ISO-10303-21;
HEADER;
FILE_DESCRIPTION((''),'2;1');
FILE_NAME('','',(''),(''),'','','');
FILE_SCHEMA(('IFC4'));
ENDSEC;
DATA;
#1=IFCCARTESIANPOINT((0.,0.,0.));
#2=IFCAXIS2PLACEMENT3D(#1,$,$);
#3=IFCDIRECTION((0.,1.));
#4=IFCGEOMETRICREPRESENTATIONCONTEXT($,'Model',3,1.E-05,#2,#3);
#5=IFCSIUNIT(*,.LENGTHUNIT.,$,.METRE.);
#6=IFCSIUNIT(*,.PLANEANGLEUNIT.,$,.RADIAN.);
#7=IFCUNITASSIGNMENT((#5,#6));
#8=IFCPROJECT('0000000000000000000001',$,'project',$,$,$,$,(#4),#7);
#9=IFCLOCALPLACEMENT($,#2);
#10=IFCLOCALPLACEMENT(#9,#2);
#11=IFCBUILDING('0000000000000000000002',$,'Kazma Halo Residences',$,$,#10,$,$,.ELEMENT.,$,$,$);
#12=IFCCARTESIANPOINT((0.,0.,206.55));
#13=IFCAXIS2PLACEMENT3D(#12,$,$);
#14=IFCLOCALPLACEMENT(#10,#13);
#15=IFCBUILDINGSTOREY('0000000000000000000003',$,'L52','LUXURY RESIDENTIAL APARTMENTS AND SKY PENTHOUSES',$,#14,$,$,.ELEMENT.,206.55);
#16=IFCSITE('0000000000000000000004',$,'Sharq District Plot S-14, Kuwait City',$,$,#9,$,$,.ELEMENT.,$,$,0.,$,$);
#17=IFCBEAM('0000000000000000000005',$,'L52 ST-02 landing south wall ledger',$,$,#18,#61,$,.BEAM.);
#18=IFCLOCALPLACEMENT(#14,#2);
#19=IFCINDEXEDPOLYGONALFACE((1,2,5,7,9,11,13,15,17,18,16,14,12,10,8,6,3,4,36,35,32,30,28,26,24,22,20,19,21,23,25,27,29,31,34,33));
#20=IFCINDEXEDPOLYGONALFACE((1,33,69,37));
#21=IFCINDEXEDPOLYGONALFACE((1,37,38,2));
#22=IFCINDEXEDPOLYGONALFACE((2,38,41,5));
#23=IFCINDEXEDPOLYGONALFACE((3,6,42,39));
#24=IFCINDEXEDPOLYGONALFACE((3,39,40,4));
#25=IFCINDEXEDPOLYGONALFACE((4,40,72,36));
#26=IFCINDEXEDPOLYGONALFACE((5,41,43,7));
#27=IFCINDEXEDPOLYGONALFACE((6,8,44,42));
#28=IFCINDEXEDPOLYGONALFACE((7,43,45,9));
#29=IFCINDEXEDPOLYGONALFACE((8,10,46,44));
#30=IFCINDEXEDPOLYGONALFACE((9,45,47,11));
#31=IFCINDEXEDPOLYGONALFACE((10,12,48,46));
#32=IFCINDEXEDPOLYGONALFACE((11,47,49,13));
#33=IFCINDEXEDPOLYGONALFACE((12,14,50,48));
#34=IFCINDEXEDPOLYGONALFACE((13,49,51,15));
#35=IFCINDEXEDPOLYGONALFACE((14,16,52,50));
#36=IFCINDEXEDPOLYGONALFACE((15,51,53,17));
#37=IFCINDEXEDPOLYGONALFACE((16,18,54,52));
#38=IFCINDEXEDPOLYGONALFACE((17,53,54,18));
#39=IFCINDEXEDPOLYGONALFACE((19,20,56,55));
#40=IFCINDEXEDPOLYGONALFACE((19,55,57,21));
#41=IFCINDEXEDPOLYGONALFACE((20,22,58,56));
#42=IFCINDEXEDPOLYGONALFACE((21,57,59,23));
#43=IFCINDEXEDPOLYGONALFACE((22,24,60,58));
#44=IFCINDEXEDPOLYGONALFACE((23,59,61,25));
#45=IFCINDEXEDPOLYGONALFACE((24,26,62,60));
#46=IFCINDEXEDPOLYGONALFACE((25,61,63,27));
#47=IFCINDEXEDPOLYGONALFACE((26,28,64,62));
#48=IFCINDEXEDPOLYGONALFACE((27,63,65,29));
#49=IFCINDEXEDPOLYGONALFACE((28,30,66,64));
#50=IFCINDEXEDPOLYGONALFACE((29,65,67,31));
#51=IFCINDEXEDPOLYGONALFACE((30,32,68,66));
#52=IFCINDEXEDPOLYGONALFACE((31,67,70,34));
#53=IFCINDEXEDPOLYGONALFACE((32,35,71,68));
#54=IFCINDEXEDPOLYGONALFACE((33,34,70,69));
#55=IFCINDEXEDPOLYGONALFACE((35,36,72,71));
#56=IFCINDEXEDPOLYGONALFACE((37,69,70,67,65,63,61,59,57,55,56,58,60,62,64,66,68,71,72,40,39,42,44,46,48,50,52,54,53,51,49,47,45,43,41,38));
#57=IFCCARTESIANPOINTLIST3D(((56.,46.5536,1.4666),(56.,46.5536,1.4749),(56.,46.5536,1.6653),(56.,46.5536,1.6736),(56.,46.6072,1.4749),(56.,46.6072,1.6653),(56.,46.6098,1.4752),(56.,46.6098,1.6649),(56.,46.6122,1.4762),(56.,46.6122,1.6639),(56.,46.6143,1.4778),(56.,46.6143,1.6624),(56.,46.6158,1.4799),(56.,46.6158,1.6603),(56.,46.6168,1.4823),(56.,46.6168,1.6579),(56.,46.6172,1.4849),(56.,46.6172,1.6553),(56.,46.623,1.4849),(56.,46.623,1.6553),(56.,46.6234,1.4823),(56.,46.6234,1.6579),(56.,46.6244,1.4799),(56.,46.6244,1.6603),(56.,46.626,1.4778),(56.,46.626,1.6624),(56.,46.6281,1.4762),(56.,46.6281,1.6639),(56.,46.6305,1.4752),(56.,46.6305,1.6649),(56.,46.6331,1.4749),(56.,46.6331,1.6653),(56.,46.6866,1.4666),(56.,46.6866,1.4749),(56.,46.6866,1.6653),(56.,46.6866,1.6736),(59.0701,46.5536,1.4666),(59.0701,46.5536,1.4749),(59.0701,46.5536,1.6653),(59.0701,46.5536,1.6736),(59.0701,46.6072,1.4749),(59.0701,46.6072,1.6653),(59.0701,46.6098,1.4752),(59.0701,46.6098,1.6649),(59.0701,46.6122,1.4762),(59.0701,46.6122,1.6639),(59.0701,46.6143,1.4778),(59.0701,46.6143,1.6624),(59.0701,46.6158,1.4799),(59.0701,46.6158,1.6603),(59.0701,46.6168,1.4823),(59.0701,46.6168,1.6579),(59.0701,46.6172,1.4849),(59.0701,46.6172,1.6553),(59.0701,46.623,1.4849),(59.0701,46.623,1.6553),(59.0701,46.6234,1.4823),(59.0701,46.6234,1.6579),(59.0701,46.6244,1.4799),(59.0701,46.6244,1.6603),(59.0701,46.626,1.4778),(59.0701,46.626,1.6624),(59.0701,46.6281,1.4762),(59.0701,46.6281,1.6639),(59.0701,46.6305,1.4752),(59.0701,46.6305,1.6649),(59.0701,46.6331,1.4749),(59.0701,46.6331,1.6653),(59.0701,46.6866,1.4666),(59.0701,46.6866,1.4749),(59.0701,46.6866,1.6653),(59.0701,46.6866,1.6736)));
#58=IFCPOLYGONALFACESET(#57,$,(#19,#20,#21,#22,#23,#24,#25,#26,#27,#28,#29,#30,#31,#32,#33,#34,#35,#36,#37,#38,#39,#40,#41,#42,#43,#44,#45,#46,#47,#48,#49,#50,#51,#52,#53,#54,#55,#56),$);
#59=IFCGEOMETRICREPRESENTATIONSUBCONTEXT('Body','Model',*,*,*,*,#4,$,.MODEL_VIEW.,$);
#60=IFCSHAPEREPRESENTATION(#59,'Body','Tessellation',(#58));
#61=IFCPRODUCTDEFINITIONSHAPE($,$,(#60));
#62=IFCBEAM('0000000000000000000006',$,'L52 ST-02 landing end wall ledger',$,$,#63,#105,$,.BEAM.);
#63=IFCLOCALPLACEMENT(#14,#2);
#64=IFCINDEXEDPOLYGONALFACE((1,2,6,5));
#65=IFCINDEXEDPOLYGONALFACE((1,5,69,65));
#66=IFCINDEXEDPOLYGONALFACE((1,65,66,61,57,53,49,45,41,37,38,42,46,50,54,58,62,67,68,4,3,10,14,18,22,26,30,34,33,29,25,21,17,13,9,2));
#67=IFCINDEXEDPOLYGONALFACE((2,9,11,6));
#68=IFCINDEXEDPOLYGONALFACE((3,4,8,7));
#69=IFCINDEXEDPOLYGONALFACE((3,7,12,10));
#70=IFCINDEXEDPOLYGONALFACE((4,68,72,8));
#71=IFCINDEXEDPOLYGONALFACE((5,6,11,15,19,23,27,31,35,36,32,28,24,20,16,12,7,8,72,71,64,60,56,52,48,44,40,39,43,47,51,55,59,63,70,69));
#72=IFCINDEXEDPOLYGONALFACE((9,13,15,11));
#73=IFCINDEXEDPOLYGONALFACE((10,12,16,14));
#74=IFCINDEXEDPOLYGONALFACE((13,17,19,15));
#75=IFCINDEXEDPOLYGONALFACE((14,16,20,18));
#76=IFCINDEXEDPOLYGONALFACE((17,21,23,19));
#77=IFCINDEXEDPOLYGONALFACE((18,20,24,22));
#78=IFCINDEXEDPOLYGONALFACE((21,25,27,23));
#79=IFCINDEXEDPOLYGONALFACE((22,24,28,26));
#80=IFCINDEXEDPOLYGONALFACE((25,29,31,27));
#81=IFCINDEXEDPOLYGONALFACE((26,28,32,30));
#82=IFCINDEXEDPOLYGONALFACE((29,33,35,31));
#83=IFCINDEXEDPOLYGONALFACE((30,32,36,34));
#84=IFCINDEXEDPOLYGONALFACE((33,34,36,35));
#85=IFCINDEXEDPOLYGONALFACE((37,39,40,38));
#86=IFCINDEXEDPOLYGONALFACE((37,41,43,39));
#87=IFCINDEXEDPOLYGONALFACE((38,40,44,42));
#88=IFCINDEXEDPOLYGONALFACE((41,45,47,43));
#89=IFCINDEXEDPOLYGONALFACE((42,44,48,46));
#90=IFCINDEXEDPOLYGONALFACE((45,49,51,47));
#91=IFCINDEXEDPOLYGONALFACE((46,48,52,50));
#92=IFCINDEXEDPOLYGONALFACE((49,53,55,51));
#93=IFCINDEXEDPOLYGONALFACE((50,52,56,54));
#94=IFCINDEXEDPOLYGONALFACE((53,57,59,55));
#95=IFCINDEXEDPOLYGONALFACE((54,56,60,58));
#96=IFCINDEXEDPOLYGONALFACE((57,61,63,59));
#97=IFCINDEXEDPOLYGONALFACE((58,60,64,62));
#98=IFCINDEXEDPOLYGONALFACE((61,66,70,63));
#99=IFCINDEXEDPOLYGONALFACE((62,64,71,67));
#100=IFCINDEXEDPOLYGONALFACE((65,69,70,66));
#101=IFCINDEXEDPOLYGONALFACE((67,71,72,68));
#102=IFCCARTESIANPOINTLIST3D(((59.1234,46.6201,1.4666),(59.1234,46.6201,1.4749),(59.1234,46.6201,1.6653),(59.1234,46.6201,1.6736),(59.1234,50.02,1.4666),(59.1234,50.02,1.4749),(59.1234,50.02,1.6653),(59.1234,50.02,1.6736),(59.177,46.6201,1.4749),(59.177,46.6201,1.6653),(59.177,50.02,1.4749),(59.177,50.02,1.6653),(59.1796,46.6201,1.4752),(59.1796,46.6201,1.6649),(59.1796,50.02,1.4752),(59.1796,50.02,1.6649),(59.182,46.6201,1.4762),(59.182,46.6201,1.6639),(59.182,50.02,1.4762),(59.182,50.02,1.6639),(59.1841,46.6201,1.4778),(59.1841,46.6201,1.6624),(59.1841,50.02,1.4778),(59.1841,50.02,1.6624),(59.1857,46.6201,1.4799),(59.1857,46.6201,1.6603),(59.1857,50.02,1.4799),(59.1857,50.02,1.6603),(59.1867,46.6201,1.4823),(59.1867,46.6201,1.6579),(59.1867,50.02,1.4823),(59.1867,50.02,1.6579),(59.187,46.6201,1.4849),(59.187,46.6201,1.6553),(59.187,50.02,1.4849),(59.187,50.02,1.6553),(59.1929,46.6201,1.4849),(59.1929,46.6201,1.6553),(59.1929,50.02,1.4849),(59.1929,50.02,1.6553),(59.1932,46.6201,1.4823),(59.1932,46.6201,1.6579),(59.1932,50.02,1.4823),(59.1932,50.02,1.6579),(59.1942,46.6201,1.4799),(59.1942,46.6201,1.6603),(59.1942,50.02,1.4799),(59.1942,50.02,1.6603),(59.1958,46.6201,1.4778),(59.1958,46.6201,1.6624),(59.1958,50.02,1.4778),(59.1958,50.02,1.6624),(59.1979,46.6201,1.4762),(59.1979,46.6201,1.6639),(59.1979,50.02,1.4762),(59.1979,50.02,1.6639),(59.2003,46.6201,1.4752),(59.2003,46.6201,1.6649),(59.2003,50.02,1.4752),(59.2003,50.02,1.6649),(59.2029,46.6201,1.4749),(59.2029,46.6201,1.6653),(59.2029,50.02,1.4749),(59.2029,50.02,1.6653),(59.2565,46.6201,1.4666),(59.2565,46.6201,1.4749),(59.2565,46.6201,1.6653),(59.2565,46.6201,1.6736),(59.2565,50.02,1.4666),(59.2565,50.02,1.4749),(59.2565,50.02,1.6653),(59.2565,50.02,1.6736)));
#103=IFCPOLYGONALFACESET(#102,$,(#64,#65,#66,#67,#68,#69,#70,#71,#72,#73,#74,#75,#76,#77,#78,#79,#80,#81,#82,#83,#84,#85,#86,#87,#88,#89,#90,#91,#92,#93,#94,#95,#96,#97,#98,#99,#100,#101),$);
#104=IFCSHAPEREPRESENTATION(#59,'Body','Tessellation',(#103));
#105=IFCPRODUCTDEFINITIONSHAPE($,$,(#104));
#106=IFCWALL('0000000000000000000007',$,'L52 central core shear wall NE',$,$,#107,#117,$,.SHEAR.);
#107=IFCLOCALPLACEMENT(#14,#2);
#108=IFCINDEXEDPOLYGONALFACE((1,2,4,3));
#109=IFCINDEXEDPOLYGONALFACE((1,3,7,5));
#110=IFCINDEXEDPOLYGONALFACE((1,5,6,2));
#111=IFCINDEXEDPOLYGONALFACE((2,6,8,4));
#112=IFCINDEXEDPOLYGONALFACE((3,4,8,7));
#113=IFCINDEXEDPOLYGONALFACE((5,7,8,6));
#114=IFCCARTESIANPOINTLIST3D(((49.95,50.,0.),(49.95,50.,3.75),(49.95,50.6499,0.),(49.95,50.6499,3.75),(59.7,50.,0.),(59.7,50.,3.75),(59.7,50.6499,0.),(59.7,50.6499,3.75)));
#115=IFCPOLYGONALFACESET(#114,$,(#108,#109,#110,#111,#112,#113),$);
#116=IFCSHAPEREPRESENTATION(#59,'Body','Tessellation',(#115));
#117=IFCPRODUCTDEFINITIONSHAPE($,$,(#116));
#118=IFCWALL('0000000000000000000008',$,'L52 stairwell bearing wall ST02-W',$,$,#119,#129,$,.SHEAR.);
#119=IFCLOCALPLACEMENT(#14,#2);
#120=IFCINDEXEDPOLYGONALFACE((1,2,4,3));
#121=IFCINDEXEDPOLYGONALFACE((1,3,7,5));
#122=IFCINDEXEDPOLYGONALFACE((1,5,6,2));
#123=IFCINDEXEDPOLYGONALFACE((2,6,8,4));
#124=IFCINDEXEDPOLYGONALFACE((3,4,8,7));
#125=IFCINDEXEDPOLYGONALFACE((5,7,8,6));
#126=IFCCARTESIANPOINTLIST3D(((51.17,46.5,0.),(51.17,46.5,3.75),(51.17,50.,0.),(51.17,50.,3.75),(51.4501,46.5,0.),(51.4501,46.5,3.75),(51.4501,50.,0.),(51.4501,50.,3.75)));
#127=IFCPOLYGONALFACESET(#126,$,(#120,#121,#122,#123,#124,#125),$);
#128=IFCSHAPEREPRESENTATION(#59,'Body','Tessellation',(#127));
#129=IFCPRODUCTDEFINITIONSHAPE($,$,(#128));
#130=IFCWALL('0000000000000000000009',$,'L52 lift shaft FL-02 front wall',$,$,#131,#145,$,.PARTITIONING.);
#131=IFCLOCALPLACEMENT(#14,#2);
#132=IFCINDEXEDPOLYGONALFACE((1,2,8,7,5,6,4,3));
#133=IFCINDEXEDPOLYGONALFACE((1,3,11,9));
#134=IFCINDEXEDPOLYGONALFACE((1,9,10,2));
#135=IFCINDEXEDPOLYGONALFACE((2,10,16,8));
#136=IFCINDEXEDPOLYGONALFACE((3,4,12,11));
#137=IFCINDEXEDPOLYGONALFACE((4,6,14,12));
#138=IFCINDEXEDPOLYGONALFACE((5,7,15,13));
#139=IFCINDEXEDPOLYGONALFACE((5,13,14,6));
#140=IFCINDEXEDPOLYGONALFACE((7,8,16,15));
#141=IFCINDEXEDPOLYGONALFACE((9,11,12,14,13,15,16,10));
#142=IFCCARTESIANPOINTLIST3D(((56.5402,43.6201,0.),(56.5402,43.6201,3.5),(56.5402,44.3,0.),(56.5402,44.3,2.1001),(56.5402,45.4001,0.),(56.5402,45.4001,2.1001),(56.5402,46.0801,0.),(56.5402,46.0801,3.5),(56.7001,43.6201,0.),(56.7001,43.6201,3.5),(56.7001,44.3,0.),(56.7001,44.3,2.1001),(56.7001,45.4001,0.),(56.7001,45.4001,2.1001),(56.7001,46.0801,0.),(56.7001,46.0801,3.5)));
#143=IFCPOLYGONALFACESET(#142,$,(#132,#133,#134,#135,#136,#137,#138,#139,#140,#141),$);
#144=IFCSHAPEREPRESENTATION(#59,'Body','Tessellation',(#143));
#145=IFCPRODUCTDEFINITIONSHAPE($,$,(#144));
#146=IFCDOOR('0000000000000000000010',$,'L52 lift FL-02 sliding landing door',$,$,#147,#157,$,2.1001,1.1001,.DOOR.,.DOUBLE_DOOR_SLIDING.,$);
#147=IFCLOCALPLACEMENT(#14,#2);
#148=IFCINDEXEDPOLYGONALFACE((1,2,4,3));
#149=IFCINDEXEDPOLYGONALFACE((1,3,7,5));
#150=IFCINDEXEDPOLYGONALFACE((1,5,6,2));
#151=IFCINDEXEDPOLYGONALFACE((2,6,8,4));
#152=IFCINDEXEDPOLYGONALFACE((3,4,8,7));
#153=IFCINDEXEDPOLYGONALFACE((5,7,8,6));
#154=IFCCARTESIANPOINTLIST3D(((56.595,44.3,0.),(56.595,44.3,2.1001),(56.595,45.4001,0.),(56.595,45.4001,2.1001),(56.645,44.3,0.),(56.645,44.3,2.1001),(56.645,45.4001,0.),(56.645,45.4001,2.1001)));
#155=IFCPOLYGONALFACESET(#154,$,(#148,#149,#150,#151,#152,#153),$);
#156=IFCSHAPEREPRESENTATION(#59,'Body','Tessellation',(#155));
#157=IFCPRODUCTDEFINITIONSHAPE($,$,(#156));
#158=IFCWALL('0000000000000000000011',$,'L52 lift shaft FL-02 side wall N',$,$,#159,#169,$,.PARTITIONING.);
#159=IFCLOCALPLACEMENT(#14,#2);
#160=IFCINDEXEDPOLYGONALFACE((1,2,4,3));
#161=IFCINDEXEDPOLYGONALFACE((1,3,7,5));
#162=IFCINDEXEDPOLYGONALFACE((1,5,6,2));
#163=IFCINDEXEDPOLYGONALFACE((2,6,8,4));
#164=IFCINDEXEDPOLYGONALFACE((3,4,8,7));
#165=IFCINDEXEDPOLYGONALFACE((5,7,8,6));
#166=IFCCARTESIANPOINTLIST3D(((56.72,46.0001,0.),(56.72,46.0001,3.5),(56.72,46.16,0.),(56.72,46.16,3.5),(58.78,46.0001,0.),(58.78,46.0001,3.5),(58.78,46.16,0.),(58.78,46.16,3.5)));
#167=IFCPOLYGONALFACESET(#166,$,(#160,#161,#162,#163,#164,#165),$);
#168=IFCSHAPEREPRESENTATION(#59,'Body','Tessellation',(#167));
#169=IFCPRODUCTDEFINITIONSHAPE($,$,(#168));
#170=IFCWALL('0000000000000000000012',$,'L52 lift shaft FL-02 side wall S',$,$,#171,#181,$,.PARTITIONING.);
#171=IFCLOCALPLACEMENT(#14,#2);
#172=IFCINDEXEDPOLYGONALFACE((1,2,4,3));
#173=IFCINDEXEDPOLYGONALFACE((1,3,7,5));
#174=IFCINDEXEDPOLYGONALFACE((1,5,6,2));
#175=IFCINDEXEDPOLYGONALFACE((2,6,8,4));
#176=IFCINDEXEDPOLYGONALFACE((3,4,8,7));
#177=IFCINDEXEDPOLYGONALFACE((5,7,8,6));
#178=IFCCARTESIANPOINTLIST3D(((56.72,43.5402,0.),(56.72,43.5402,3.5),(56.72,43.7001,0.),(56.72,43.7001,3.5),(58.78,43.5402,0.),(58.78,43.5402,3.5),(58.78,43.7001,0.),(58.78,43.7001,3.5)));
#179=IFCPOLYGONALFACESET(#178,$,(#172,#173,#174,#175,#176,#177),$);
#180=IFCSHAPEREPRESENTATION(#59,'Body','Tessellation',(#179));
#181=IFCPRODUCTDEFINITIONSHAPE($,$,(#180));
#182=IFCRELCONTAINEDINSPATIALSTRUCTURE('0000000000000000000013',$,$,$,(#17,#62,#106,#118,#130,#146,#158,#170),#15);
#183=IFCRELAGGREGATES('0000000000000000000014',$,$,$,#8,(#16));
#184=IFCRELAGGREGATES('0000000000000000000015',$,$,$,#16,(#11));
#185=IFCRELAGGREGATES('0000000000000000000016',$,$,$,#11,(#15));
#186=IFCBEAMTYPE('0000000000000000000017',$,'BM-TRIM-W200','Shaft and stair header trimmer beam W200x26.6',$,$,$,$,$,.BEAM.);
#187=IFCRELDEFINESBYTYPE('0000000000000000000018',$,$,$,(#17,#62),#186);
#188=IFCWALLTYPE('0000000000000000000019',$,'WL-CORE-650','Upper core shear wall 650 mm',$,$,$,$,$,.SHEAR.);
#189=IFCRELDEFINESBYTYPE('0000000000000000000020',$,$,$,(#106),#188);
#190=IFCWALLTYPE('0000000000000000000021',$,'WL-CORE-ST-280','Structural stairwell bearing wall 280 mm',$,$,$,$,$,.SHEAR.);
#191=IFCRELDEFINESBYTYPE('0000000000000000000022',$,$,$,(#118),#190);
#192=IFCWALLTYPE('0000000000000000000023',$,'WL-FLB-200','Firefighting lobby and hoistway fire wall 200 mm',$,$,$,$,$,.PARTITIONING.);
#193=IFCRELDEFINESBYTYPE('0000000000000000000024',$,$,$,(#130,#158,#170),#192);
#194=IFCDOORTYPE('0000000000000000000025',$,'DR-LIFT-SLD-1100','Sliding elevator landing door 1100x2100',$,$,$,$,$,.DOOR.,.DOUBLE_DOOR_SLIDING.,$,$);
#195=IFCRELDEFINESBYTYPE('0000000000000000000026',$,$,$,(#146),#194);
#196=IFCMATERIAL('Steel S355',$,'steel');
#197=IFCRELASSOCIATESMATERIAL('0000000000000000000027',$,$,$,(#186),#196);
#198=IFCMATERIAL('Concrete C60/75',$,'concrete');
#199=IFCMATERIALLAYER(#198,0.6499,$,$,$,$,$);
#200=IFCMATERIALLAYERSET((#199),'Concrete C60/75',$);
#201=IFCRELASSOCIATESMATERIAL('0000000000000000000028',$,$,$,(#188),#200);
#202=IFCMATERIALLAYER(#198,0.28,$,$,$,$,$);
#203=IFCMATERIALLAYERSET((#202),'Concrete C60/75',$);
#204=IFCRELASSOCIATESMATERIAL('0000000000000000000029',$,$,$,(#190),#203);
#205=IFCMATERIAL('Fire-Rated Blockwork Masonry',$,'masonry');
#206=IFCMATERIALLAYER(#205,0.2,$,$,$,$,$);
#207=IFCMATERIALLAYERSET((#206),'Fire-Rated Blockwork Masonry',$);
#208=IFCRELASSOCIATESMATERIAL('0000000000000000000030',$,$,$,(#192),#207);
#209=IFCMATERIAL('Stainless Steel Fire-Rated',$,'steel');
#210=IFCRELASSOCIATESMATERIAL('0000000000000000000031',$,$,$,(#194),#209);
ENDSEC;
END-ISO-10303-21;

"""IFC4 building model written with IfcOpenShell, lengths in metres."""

from ifc_helpers import new_model, si_unit, direction, frame, frame_2d, origin, origin_2d, place, context, subcontext, project, spatial, rectangle, i_section, extrude, material, layer, layer_set, material_profile, profile_set, type_object, element, fill, save


model = new_model("IFC4")

# Units and contexts
model_context = context("Model", 3, precision=1e-05, world=origin(), true_north=direction((0.0, 1.0)))
body_context = subcontext(model_context, "Body", "Model", "MODEL_VIEW")
ifc_project = project(units=[si_unit("LENGTHUNIT", "METRE"), si_unit("PLANEANGLEUNIT", "RADIAN")], contexts=[model_context])

# Site, building, storey
site_placement = place(None, origin())
site = spatial("IfcSite", under=ifc_project, at=site_placement, Name="Sharq District Plot S-14, Kuwait City", CompositionType="ELEMENT", RefElevation=0.0)
building_placement = place(site_placement, origin())
building = spatial("IfcBuilding", under=site, at=building_placement, Name="Kazma Halo Residences", CompositionType="ELEMENT")
storey_placement = place(building_placement, frame((0.0, 0.0, 206.55)))
storey = spatial("IfcBuildingStorey", under=building, at=storey_placement, Name="L52", Description="LUXURY RESIDENTIAL APARTMENTS AND SKY PENTHOUSES", CompositionType="ELEMENT", Elevation=206.55)

# Shared definitions
ifc_material_1 = material(Name="Steel S355", Category="steel")

# Beams
ifc_material_profile_1 = material_profile(ifc_material_1, i_section(OverallWidth=0.1331, OverallDepth=0.207, WebThickness=0.0059, FlangeThickness=0.0083, FilletRadius=0.01, at=origin_2d()), Name="W200x26.6")
ifc_profile_set_1 = profile_set([ifc_material_profile_1], Name="Steel S355")
beam_type_1 = type_object("IfcBeamType", Name="BM-TRIM-W200", Description="Shaft and stair header trimmer beam W200x26.6", PredefinedType="BEAM", material=ifc_profile_set_1)
beam_1_placement = place(storey_placement, frame((56.0, 46.6201, 1.5701), z_axis=(1.0, 0.0, 0.0), x_axis=(0.0, 1.0, 0.0)))
element("IfcBeam", 1, at=beam_1_placement, inside=storey, type_object=beam_type_1, Name="L52 ST-02 landing south wall ledger", PredefinedType="BEAM", context=body_context, shape_type="SweptSolid", body=[
    extrude(i_section(OverallWidth=0.1331, OverallDepth=0.207, WebThickness=0.0059, FlangeThickness=0.0083, FilletRadius=0.01, at=origin_2d()), origin(), (0.0, 0.0, 1.0), 3.0701),
])
beam_2_placement = place(storey_placement, frame((59.1899, 46.6201, 1.5701), z_axis=(0.0, 1.0, 0.0), x_axis=(-1.0, 0.0, 0.0)))
element("IfcBeam", 2, at=beam_2_placement, inside=storey, type_object=beam_type_1, Name="L52 ST-02 landing end wall ledger", PredefinedType="BEAM", context=body_context, shape_type="SweptSolid", body=[
    extrude(i_section(OverallWidth=0.1331, OverallDepth=0.207, WebThickness=0.0059, FlangeThickness=0.0083, FilletRadius=0.01, at=origin_2d()), origin(), (0.0, 0.0, 1.0), 3.3999),
])

# Walls
ifc_material_2 = material(Name="Concrete C60/75", Category="concrete")
ifc_layer_1 = layer(ifc_material_2, 0.6499)
ifc_layer_set_1 = layer_set([ifc_layer_1], Name="Concrete C60/75")
wall_type_1 = type_object("IfcWallType", Name="WL-CORE-650", Description="Upper core shear wall 650 mm", PredefinedType="SHEAR", material=ifc_layer_set_1)
wall_1_placement = place(storey_placement, frame((49.95, 50.325, 0.0), z_axis=(0.0, 0.0, 1.0), x_axis=(1.0, 0.0, 0.0)))
element("IfcWall", 3, at=wall_1_placement, inside=storey, type_object=wall_type_1, Name="L52 central core shear wall NE", PredefinedType="SHEAR", context=body_context, shape_type="SweptSolid", body=[
    extrude(rectangle(XDim=9.75, YDim=0.6499, at=frame_2d((4.875, 0.0))), origin(), (0.0, 0.0, 1.0), 3.75),
])
ifc_layer_2 = layer(ifc_material_2, 0.28)
ifc_layer_set_2 = layer_set([ifc_layer_2], Name="Concrete C60/75")
wall_type_2 = type_object("IfcWallType", Name="WL-CORE-ST-280", Description="Structural stairwell bearing wall 280 mm", PredefinedType="SHEAR", material=ifc_layer_set_2)
wall_2_placement = place(storey_placement, frame((51.3101, 46.5, 0.0), z_axis=(0.0, 0.0, 1.0), x_axis=(0.0, 1.0, 0.0)))
element("IfcWall", 4, at=wall_2_placement, inside=storey, type_object=wall_type_2, Name="L52 stairwell bearing wall ST02-W", PredefinedType="SHEAR", context=body_context, shape_type="SweptSolid", body=[
    extrude(rectangle(XDim=3.5, YDim=0.28, at=frame_2d((1.75, 0.0))), origin(), (0.0, 0.0, 1.0), 3.75),
])

# Wall, opening, door
ifc_material_3 = material(Name="Fire-Rated Blockwork Masonry", Category="masonry")
ifc_layer_3 = layer(ifc_material_3, 0.2)
ifc_layer_set_3 = layer_set([ifc_layer_3], Name="Fire-Rated Blockwork Masonry")
wall_type_3 = type_object("IfcWallType", Name="WL-FLB-200", Description="Firefighting lobby and hoistway fire wall 200 mm", PredefinedType="PARTITIONING", material=ifc_layer_set_3)
wall_3_placement = place(storey_placement, frame((56.6201, 46.0801, 0.0), z_axis=(0.0, 0.0, 1.0), x_axis=(0.0, -1.0, 0.0)))
wall_3 = element("IfcWall", 5, at=wall_3_placement, inside=storey, type_object=wall_type_3, Name="L52 lift shaft FL-02 front wall", PredefinedType="PARTITIONING", context=body_context, shape_type="SweptSolid", body=[
    extrude(rectangle(XDim=2.46, YDim=0.1599, at=frame_2d((1.23, 0.0))), origin(), (0.0, 0.0, 1.0), 3.5),
])
opening_1_placement = place(wall_3_placement, frame((0.6799, 0.0, 0.0)))
opening_1 = element("IfcOpeningElement", 6, at=opening_1_placement, cuts=wall_3, PredefinedType="OPENING", context=body_context, shape_type="SweptSolid", body=[
    extrude(rectangle(XDim=1.1001, YDim=2.1001, at=frame_2d((0.55, 1.05))), frame((0.0, 0.0898, 0.0), z_axis=(0.0, -1.0, 0.0), x_axis=(1.0, 0.0, 0.0)), (0.0, 0.0, 1.0), 0.1799),
])
ifc_material_4 = material(Name="Stainless Steel Fire-Rated", Category="steel")
door_type_1 = type_object("IfcDoorType", Name="DR-LIFT-SLD-1100", Description="Sliding elevator landing door 1100x2100", OperationType="DOUBLE_DOOR_SLIDING", PredefinedType="DOOR", material=ifc_material_4)
door_1_placement = place(opening_1_placement, origin())
door_1 = element("IfcDoor", 7, at=door_1_placement, inside=storey, type_object=door_type_1, Name="L52 lift FL-02 sliding landing door", OperationType="DOUBLE_DOOR_SLIDING", OverallHeight=2.1001, OverallWidth=1.1001, PredefinedType="DOOR", context=body_context, shape_type="SweptSolid", body=[
    extrude(rectangle(XDim=1.1001, YDim=2.1001, at=frame_2d((0.55, 1.05))), frame((0.0, 0.0249, 0.0), z_axis=(0.0, -1.0, 0.0), x_axis=(1.0, 0.0, 0.0)), (0.0, 0.0, 1.0), 0.05),
])
fill(opening_1, door_1)

# Walls
for number, where, z_axis, x_axis, name in (
    (8, (56.72, 46.0801, 0.0), (0.0, 0.0, 1.0), (1.0, 0.0, 0.0), "L52 lift shaft FL-02 side wall N"),
    (9, (56.72, 43.6201, 0.0), (0.0, 0.0, 1.0), (1.0, 0.0, 0.0), "L52 lift shaft FL-02 side wall S"),
):
    element("IfcWall", number, at=place(storey_placement, frame(where, z_axis=z_axis, x_axis=x_axis)), inside=storey, type_object=wall_type_3, Name=name, PredefinedType="PARTITIONING", context=body_context, shape_type="SweptSolid", body=[
        extrude(rectangle(XDim=2.0601, YDim=0.1599, at=frame_2d((1.03, 0.0))), origin(), (0.0, 0.0, 1.0), 3.5),
    ])

save(model, "model.ifc")
